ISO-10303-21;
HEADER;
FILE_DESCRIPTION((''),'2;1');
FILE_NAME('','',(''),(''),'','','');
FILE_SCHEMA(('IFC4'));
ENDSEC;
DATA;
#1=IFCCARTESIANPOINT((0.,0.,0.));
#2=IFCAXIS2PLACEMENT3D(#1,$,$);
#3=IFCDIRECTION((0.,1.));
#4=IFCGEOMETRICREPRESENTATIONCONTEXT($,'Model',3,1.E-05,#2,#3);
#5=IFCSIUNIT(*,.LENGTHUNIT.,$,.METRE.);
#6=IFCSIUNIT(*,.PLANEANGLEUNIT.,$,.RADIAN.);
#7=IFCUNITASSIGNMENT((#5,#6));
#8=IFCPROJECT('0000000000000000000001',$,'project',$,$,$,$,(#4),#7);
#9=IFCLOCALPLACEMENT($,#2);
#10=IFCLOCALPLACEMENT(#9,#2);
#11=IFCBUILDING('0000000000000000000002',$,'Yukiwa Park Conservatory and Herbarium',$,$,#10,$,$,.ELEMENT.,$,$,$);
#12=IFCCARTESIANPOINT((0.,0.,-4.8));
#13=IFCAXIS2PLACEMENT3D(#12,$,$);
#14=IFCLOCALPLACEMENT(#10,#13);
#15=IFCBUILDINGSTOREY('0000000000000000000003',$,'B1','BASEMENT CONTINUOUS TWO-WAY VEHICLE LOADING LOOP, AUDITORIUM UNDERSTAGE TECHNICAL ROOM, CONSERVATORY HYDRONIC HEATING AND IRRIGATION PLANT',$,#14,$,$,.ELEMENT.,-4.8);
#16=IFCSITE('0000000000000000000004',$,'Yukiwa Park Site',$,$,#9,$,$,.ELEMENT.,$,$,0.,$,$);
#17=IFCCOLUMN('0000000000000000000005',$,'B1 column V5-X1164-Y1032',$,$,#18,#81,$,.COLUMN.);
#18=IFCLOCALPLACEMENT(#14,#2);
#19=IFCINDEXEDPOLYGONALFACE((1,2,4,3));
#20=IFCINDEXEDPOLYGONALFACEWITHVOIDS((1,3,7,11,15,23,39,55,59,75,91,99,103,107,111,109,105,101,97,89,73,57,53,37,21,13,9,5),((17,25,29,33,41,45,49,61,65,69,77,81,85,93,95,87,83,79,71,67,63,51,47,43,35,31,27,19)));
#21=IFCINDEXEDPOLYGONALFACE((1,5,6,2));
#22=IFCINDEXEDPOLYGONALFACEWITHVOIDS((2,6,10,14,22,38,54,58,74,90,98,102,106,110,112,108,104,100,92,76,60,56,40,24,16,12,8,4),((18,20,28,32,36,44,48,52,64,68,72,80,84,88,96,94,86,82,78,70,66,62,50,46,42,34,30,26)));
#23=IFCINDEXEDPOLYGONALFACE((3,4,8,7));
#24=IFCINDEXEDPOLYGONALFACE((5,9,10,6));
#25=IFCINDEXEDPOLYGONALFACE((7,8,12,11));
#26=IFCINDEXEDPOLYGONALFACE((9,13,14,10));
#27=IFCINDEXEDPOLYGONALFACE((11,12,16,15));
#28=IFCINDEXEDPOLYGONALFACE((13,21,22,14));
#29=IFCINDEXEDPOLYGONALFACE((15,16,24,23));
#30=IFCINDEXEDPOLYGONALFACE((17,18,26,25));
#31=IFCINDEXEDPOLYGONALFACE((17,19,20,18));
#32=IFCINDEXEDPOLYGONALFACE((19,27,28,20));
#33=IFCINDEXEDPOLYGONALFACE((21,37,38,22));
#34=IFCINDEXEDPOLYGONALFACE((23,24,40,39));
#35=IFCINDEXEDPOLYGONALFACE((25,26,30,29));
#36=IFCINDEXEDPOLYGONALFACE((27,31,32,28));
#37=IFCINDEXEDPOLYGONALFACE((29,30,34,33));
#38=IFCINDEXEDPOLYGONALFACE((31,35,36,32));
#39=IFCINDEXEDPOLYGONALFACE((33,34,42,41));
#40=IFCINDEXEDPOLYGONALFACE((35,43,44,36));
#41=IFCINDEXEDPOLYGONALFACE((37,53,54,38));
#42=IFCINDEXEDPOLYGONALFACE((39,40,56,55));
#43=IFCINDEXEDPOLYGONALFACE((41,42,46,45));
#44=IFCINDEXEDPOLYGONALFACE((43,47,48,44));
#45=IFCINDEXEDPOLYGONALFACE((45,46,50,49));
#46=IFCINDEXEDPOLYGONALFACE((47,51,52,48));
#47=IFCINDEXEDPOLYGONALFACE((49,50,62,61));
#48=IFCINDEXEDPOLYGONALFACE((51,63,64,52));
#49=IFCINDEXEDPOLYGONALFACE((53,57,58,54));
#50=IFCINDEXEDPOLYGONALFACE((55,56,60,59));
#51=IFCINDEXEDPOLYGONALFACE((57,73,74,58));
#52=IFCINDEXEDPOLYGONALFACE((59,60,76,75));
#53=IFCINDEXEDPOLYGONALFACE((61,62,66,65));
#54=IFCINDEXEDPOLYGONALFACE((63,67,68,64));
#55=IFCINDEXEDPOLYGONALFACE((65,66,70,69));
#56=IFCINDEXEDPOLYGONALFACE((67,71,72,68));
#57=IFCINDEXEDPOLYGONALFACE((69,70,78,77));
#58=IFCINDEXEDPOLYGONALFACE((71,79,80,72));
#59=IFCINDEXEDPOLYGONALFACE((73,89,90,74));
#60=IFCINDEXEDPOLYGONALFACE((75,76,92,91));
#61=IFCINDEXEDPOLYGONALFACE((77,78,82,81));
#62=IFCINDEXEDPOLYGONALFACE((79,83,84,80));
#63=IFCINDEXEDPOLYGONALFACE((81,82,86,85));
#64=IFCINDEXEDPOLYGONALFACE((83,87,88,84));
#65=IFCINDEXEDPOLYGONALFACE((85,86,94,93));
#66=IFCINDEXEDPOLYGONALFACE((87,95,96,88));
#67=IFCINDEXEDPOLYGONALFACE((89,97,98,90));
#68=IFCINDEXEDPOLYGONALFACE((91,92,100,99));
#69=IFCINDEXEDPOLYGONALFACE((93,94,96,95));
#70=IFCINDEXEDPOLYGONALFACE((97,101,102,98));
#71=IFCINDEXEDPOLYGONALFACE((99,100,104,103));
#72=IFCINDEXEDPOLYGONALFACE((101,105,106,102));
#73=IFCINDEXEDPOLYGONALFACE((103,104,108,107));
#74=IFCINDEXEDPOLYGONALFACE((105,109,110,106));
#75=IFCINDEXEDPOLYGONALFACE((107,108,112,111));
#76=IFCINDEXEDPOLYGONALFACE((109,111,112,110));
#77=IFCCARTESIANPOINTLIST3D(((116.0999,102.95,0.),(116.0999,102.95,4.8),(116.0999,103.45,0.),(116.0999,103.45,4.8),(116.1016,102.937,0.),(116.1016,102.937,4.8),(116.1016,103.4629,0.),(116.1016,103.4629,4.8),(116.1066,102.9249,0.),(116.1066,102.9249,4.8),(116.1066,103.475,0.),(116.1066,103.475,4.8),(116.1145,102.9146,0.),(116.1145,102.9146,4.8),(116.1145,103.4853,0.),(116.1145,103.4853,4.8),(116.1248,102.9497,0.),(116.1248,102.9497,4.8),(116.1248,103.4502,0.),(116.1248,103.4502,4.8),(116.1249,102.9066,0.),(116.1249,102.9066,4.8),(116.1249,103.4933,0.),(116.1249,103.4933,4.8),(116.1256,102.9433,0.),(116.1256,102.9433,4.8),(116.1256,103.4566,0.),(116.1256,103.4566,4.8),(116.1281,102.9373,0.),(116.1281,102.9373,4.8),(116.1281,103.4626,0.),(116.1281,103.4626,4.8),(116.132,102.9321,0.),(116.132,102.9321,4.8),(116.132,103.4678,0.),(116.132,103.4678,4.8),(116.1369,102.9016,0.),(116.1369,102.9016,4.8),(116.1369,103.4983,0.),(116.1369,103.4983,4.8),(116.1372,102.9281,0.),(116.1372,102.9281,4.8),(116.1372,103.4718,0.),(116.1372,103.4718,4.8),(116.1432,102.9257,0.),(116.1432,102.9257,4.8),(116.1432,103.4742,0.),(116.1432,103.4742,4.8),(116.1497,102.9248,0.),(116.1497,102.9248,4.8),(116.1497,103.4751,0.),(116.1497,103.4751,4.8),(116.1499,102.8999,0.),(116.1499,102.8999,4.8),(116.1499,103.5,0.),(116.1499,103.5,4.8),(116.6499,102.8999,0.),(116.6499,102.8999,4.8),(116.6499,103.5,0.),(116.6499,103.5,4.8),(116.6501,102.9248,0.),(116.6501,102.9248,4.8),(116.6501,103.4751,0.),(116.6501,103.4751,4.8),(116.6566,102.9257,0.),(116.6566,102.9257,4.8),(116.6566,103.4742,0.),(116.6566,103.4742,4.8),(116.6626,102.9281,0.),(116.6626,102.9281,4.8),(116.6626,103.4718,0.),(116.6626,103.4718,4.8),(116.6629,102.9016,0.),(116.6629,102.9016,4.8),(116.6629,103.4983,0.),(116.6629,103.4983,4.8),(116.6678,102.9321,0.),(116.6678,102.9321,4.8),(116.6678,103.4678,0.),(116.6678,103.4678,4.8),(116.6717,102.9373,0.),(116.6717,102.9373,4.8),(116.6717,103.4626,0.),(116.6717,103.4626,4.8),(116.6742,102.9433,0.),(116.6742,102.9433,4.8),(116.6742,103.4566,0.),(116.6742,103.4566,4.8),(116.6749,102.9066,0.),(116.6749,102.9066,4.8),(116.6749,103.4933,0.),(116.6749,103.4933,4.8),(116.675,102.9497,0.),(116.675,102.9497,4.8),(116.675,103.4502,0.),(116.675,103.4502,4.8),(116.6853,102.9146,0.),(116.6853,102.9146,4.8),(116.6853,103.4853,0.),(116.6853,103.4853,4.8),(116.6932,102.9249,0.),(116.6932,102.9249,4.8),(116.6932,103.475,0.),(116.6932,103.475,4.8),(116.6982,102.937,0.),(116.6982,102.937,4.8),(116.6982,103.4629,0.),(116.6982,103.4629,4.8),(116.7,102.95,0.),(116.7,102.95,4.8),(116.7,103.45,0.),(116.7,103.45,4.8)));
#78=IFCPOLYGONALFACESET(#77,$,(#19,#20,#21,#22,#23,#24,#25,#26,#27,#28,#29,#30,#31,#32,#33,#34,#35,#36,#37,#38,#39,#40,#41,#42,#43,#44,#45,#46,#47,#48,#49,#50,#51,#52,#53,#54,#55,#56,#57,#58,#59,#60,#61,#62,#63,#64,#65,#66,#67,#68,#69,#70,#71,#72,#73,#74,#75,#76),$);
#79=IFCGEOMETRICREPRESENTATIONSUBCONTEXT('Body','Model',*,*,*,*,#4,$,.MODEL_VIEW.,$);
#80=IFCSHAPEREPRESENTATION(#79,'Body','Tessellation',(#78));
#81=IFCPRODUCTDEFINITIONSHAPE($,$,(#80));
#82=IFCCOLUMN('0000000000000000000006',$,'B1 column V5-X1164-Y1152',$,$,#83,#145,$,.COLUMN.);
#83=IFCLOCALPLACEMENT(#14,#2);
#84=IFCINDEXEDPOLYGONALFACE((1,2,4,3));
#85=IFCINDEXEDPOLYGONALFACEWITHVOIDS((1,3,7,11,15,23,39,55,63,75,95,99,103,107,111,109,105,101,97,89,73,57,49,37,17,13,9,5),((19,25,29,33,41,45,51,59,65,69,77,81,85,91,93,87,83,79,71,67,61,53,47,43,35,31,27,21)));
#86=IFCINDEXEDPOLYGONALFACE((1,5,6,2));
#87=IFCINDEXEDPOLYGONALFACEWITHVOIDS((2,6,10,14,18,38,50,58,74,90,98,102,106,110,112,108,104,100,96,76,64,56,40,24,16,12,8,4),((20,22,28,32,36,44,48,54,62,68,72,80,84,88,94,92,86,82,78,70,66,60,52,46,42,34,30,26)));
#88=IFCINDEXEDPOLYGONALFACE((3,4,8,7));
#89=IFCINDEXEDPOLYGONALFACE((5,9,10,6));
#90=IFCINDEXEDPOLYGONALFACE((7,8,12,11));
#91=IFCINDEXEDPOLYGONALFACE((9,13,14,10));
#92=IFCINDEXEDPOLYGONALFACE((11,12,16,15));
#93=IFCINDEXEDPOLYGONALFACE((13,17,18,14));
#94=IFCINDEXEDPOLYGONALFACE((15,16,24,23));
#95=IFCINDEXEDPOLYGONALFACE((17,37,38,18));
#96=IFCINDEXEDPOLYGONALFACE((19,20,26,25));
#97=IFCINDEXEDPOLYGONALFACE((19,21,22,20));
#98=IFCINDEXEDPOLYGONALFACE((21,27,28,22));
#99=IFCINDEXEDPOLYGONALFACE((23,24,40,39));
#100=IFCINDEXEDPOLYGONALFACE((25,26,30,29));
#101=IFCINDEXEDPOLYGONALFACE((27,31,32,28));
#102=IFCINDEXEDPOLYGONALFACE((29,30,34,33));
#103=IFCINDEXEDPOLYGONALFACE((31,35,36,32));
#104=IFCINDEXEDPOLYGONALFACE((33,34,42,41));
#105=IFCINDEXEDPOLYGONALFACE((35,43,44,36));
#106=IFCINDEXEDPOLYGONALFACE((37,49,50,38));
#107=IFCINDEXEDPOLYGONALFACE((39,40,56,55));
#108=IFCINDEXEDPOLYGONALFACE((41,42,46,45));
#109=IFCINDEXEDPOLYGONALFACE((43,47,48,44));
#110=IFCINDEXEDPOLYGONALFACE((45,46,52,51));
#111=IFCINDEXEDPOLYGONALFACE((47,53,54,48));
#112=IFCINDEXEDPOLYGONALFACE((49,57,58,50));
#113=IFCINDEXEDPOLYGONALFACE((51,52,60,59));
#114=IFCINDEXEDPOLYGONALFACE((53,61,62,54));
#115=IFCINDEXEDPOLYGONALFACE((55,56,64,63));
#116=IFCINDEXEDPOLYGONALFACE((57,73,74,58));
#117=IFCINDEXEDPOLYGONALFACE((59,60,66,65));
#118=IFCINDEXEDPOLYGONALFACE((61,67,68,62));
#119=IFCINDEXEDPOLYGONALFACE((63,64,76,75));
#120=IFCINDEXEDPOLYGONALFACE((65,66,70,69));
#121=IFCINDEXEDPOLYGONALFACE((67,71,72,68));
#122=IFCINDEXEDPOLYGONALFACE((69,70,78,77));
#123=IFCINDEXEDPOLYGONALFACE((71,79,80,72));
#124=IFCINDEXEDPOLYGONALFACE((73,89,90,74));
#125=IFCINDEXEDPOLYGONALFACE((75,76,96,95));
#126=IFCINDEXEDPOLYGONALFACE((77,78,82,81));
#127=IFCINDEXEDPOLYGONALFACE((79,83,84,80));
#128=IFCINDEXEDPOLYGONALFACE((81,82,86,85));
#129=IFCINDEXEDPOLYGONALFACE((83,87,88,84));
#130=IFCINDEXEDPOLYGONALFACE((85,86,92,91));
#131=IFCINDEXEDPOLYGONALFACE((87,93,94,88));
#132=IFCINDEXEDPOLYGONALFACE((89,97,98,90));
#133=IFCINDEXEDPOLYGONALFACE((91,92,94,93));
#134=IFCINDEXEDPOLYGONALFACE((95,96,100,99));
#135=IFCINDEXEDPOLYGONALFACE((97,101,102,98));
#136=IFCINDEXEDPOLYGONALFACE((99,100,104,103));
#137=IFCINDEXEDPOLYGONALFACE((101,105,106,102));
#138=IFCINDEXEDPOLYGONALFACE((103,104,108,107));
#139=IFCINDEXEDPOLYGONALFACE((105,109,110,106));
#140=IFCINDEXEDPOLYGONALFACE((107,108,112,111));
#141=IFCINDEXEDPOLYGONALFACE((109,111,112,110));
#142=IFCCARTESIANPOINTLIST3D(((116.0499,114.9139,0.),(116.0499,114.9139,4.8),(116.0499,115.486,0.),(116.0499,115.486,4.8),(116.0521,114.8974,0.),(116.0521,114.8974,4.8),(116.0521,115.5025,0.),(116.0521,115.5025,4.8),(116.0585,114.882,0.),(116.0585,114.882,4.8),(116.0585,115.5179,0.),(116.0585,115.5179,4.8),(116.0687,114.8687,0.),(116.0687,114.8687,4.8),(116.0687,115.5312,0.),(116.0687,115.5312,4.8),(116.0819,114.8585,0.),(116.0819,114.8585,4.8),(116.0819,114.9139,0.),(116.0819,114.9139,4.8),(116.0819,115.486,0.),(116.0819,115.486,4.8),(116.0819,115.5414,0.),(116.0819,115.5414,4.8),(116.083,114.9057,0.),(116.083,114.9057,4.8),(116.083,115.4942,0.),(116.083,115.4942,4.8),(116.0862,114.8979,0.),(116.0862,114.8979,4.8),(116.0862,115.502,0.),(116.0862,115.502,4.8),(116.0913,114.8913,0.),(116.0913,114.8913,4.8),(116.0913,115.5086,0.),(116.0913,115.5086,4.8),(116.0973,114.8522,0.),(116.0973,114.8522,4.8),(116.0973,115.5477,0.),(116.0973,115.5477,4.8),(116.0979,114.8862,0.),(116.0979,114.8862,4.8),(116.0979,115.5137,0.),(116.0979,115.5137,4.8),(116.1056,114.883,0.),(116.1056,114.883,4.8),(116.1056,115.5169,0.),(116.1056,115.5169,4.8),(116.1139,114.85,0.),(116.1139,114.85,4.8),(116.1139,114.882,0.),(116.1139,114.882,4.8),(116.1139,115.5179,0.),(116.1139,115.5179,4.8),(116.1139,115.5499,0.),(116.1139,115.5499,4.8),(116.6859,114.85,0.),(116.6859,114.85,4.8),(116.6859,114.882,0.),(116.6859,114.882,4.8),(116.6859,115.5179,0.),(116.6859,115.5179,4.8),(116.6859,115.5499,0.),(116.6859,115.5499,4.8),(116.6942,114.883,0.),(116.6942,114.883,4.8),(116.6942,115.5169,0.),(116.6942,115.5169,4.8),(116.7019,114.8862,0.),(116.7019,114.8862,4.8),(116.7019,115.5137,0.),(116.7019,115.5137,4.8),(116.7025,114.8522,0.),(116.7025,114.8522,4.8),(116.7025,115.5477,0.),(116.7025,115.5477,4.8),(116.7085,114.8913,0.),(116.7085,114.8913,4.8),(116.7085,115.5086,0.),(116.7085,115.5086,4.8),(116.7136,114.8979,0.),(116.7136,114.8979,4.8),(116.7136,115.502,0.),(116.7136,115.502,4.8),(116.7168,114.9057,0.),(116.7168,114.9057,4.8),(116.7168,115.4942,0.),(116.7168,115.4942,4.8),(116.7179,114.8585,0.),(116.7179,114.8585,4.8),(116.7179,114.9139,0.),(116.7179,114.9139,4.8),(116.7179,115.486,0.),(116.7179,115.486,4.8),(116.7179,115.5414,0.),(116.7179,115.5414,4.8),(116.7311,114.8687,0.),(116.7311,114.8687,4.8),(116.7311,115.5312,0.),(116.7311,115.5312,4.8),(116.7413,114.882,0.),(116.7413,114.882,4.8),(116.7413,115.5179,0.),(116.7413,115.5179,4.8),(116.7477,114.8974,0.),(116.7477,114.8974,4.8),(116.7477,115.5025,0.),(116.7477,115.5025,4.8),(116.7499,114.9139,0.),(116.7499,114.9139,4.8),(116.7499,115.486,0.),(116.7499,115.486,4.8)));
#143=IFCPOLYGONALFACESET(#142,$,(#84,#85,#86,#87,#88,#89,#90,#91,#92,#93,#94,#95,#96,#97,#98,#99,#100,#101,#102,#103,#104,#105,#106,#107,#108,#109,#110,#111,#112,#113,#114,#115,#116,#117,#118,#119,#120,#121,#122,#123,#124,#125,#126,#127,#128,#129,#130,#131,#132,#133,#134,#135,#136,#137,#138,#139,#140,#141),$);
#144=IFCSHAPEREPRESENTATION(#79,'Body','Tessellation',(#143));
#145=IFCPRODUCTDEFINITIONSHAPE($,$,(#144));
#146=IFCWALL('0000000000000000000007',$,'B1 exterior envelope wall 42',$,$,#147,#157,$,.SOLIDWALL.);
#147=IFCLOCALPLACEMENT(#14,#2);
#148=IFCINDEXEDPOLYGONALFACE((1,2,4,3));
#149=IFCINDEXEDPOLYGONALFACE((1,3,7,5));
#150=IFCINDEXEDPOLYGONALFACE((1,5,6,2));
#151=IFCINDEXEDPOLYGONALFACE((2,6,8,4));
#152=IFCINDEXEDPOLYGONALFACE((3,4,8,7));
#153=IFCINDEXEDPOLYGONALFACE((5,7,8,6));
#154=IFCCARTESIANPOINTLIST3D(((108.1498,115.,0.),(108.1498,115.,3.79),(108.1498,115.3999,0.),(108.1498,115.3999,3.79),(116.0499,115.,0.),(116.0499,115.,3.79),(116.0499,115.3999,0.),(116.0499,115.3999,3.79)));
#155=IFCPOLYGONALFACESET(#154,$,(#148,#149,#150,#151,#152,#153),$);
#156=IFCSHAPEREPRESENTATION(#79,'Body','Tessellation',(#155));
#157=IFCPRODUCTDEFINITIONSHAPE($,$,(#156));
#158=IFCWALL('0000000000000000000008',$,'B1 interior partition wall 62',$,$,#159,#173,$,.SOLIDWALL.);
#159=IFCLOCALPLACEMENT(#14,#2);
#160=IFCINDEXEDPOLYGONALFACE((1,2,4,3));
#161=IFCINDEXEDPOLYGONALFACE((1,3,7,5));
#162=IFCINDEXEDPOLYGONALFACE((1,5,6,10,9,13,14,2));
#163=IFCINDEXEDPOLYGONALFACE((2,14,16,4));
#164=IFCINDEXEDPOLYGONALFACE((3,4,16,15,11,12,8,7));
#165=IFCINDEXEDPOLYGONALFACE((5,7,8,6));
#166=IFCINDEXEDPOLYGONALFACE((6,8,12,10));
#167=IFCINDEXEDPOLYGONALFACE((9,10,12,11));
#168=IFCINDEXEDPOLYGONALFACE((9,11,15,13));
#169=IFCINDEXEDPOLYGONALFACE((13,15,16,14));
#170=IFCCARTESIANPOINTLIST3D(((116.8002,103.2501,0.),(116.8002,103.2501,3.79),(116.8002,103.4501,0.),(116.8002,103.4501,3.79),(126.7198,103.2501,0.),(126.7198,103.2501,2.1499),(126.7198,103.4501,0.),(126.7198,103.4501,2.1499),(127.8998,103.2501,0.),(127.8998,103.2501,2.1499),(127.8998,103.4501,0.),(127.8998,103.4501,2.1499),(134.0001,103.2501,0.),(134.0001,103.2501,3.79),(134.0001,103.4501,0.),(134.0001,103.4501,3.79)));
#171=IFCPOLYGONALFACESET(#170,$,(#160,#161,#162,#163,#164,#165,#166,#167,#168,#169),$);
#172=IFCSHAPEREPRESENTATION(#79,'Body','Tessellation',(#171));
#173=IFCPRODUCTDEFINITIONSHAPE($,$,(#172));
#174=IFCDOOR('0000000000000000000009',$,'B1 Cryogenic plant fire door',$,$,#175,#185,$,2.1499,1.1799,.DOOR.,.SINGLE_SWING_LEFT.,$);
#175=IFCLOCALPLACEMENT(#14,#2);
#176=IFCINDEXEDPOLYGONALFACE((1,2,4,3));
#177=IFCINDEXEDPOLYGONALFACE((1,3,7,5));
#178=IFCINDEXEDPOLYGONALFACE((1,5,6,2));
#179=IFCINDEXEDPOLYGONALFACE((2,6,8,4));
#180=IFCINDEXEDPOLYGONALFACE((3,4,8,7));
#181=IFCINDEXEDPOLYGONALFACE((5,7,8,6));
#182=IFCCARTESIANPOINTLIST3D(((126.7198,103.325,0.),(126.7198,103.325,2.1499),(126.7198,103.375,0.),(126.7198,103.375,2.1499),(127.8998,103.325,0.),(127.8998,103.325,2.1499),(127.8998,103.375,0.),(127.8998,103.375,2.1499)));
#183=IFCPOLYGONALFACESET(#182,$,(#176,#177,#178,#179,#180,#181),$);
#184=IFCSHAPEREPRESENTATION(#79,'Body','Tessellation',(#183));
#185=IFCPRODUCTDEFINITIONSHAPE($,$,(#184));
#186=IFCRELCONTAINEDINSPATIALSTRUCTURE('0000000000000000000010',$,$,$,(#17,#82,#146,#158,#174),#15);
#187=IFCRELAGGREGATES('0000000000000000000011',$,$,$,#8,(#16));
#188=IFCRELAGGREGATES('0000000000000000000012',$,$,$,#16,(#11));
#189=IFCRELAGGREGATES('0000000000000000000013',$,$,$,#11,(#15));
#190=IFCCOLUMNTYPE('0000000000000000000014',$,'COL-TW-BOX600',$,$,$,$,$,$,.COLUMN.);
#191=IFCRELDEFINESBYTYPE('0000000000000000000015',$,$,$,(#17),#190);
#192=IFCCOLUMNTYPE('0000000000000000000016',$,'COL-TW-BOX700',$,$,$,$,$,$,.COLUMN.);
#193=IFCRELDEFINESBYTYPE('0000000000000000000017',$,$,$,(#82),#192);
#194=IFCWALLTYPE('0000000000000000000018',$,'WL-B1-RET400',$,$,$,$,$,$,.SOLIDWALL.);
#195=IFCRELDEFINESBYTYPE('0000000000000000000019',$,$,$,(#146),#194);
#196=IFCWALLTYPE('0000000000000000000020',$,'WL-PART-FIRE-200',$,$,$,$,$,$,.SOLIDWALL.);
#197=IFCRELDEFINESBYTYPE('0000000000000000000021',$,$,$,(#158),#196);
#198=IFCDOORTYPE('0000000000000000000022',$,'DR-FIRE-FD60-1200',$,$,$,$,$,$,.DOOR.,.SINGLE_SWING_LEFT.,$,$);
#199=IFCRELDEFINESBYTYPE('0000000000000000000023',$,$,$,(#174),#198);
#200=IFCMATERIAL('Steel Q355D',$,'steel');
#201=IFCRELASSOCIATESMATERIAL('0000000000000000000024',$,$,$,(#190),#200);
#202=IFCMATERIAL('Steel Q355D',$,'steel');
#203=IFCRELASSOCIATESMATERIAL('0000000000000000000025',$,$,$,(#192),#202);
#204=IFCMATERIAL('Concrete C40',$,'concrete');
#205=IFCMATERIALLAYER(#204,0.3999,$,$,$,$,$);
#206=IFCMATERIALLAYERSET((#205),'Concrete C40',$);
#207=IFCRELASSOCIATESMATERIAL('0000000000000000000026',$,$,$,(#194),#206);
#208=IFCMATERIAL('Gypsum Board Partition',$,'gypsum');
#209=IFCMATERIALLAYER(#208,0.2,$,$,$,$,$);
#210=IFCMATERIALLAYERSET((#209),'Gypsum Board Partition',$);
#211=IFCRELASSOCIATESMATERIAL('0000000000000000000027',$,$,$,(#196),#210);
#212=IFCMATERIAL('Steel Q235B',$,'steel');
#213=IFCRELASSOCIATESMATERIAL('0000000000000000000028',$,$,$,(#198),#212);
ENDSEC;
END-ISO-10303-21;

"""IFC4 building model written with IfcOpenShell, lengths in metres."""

from ifc_helpers import new_model, si_unit, direction, frame, frame_2d, origin, origin_2d, place, context, subcontext, project, spatial, rectangle, hollow_rectangle, extrude, material, layer, layer_set, material_profile, profile_set, type_object, element, fill, save


model = new_model("IFC4")

# Units and contexts
model_context = context("Model", 3, precision=1e-05, world=origin(), true_north=direction((0.0, 1.0)))
body_context = subcontext(model_context, "Body", "Model", "MODEL_VIEW")
ifc_project = project(units=[si_unit("LENGTHUNIT", "METRE"), si_unit("PLANEANGLEUNIT", "RADIAN")], contexts=[model_context])

# Site, building, storey
site_placement = place(None, origin())
site = spatial("IfcSite", under=ifc_project, at=site_placement, Name="Yukiwa Park Site", CompositionType="ELEMENT", RefElevation=0.0)
building_placement = place(site_placement, origin())
building = spatial("IfcBuilding", under=site, at=building_placement, Name="Yukiwa Park Conservatory and Herbarium", CompositionType="ELEMENT")
storey_placement = place(building_placement, frame((0.0, 0.0, -4.8)))
storey = spatial("IfcBuildingStorey", under=building, at=storey_placement, Name="B1", Description="BASEMENT CONTINUOUS TWO-WAY VEHICLE LOADING LOOP, AUDITORIUM UNDERSTAGE TECHNICAL ROOM, CONSERVATORY HYDRONIC HEATING AND IRRIGATION PLANT", CompositionType="ELEMENT", Elevation=-4.8)

# Columns
ifc_material_1 = material(Name="Steel Q355D", Category="steel")
ifc_material_profile_1 = material_profile(ifc_material_1, hollow_rectangle(XDim=0.6001, YDim=0.6001, WallThickness=0.0249, InnerFilletRadius=0.0249, OuterFilletRadius=0.05, at=origin_2d()), Name="BOX 600x600x25")
ifc_profile_set_1 = profile_set([ifc_material_profile_1], Name="Steel Q355D")
column_type_1 = type_object("IfcColumnType", Name="COL-TW-BOX600", PredefinedType="COLUMN", material=ifc_profile_set_1)
column_1_placement = place(storey_placement, frame((116.3999, 103.2, 0.0), z_axis=(0.0, 0.0, 1.0), x_axis=(1.0, 0.0, 0.0)))
element("IfcColumn", 1, at=column_1_placement, inside=storey, type_object=column_type_1, Name="B1 column V5-X1164-Y1032", PredefinedType="COLUMN", context=body_context, shape_type="SweptSolid", body=[
    extrude(hollow_rectangle(XDim=0.6001, YDim=0.6001, WallThickness=0.0249, InnerFilletRadius=0.0249, OuterFilletRadius=0.05, at=origin_2d()), origin(), (0.0, 0.0, 1.0), 4.8),
])
ifc_material_2 = material(Name="Steel Q355D", Category="steel")
ifc_material_profile_2 = material_profile(ifc_material_2, hollow_rectangle(XDim=0.7, YDim=0.7, WallThickness=0.032, InnerFilletRadius=0.032, OuterFilletRadius=0.064, at=origin_2d()), Name="BOX 700x700x32")
ifc_profile_set_2 = profile_set([ifc_material_profile_2], Name="Steel Q355D")
column_type_2 = type_object("IfcColumnType", Name="COL-TW-BOX700", PredefinedType="COLUMN", material=ifc_profile_set_2)
column_2_placement = place(storey_placement, frame((116.3999, 115.2, 0.0), z_axis=(0.0, 0.0, 1.0), x_axis=(1.0, 0.0, 0.0)))
element("IfcColumn", 2, at=column_2_placement, inside=storey, type_object=column_type_2, Name="B1 column V5-X1164-Y1152", PredefinedType="COLUMN", context=body_context, shape_type="SweptSolid", body=[
    extrude(hollow_rectangle(XDim=0.7, YDim=0.7, WallThickness=0.032, InnerFilletRadius=0.032, OuterFilletRadius=0.064, at=origin_2d()), origin(), (0.0, 0.0, 1.0), 4.8),
])

# Wall
ifc_material_3 = material(Name="Concrete C40", Category="concrete")
ifc_layer_1 = layer(ifc_material_3, 0.3999)
ifc_layer_set_1 = layer_set([ifc_layer_1], Name="Concrete C40")
wall_type_1 = type_object("IfcWallType", Name="WL-B1-RET400", PredefinedType="SOLIDWALL", material=ifc_layer_set_1)
wall_1_placement = place(storey_placement, frame((116.05, 115.2, 0.0), z_axis=(0.0, 0.0, 1.0), x_axis=(-1.0, 0.0, 0.0)))
element("IfcWall", 3, at=wall_1_placement, inside=storey, type_object=wall_type_1, Name="B1 exterior envelope wall 42", PredefinedType="SOLIDWALL", context=body_context, shape_type="SweptSolid", body=[
    extrude(rectangle(XDim=7.9001, YDim=0.3999, at=frame_2d((3.9502, 0.0))), origin(), (0.0, 0.0, 1.0), 3.79),
])

# Wall, opening, door
ifc_material_4 = material(Name="Gypsum Board Partition", Category="gypsum")
ifc_layer_2 = layer(ifc_material_4, 0.2)
ifc_layer_set_2 = layer_set([ifc_layer_2], Name="Gypsum Board Partition")
wall_type_2 = type_object("IfcWallType", Name="WL-PART-FIRE-200", PredefinedType="SOLIDWALL", material=ifc_layer_set_2)
wall_2_placement = place(storey_placement, frame((116.8, 103.3501, 0.0), z_axis=(0.0, 0.0, 1.0), x_axis=(1.0, 0.0, 0.0)))
wall_2 = element("IfcWall", 4, at=wall_2_placement, inside=storey, type_object=wall_type_2, Name="B1 interior partition wall 62", PredefinedType="SOLIDWALL", context=body_context, shape_type="SweptSolid", body=[
    extrude(rectangle(XDim=17.2, YDim=0.2, at=frame_2d((8.6001, 0.0))), origin(), (0.0, 0.0, 1.0), 3.79),
])
opening_placement = place(wall_2_placement, frame((9.9199, 0.0, 0.0)))
opening = element("IfcOpeningElement", 5, at=opening_placement, cuts=wall_2, PredefinedType="OPENING", context=body_context, shape_type="SweptSolid", body=[
    extrude(rectangle(XDim=1.1799, YDim=2.1499, at=frame_2d((0.5898, 1.075))), frame((0.0, 0.1099, 0.0), z_axis=(0.0, -1.0, 0.0), x_axis=(1.0, 0.0, 0.0)), (0.0, 0.0, 1.0), 0.22),
])
ifc_material_5 = material(Name="Steel Q235B", Category="steel")
door_type = type_object("IfcDoorType", Name="DR-FIRE-FD60-1200", OperationType="SINGLE_SWING_LEFT", PredefinedType="DOOR", material=ifc_material_5)
door_placement = place(opening_placement, origin())
door = element("IfcDoor", 6, at=door_placement, inside=storey, type_object=door_type, Name="B1 Cryogenic plant fire door", OperationType="SINGLE_SWING_LEFT", OverallHeight=2.1499, OverallWidth=1.1799, PredefinedType="DOOR", context=body_context, shape_type="SweptSolid", body=[
    extrude(rectangle(XDim=1.1799, YDim=2.1499, at=frame_2d((0.5898, 1.075))), frame((0.0, 0.0249, 0.0), z_axis=(0.0, -1.0, 0.0), x_axis=(1.0, 0.0, 0.0)), (0.0, 0.0, 1.0), 0.05),
])
fill(opening, door)

save(model, "model.ifc")
